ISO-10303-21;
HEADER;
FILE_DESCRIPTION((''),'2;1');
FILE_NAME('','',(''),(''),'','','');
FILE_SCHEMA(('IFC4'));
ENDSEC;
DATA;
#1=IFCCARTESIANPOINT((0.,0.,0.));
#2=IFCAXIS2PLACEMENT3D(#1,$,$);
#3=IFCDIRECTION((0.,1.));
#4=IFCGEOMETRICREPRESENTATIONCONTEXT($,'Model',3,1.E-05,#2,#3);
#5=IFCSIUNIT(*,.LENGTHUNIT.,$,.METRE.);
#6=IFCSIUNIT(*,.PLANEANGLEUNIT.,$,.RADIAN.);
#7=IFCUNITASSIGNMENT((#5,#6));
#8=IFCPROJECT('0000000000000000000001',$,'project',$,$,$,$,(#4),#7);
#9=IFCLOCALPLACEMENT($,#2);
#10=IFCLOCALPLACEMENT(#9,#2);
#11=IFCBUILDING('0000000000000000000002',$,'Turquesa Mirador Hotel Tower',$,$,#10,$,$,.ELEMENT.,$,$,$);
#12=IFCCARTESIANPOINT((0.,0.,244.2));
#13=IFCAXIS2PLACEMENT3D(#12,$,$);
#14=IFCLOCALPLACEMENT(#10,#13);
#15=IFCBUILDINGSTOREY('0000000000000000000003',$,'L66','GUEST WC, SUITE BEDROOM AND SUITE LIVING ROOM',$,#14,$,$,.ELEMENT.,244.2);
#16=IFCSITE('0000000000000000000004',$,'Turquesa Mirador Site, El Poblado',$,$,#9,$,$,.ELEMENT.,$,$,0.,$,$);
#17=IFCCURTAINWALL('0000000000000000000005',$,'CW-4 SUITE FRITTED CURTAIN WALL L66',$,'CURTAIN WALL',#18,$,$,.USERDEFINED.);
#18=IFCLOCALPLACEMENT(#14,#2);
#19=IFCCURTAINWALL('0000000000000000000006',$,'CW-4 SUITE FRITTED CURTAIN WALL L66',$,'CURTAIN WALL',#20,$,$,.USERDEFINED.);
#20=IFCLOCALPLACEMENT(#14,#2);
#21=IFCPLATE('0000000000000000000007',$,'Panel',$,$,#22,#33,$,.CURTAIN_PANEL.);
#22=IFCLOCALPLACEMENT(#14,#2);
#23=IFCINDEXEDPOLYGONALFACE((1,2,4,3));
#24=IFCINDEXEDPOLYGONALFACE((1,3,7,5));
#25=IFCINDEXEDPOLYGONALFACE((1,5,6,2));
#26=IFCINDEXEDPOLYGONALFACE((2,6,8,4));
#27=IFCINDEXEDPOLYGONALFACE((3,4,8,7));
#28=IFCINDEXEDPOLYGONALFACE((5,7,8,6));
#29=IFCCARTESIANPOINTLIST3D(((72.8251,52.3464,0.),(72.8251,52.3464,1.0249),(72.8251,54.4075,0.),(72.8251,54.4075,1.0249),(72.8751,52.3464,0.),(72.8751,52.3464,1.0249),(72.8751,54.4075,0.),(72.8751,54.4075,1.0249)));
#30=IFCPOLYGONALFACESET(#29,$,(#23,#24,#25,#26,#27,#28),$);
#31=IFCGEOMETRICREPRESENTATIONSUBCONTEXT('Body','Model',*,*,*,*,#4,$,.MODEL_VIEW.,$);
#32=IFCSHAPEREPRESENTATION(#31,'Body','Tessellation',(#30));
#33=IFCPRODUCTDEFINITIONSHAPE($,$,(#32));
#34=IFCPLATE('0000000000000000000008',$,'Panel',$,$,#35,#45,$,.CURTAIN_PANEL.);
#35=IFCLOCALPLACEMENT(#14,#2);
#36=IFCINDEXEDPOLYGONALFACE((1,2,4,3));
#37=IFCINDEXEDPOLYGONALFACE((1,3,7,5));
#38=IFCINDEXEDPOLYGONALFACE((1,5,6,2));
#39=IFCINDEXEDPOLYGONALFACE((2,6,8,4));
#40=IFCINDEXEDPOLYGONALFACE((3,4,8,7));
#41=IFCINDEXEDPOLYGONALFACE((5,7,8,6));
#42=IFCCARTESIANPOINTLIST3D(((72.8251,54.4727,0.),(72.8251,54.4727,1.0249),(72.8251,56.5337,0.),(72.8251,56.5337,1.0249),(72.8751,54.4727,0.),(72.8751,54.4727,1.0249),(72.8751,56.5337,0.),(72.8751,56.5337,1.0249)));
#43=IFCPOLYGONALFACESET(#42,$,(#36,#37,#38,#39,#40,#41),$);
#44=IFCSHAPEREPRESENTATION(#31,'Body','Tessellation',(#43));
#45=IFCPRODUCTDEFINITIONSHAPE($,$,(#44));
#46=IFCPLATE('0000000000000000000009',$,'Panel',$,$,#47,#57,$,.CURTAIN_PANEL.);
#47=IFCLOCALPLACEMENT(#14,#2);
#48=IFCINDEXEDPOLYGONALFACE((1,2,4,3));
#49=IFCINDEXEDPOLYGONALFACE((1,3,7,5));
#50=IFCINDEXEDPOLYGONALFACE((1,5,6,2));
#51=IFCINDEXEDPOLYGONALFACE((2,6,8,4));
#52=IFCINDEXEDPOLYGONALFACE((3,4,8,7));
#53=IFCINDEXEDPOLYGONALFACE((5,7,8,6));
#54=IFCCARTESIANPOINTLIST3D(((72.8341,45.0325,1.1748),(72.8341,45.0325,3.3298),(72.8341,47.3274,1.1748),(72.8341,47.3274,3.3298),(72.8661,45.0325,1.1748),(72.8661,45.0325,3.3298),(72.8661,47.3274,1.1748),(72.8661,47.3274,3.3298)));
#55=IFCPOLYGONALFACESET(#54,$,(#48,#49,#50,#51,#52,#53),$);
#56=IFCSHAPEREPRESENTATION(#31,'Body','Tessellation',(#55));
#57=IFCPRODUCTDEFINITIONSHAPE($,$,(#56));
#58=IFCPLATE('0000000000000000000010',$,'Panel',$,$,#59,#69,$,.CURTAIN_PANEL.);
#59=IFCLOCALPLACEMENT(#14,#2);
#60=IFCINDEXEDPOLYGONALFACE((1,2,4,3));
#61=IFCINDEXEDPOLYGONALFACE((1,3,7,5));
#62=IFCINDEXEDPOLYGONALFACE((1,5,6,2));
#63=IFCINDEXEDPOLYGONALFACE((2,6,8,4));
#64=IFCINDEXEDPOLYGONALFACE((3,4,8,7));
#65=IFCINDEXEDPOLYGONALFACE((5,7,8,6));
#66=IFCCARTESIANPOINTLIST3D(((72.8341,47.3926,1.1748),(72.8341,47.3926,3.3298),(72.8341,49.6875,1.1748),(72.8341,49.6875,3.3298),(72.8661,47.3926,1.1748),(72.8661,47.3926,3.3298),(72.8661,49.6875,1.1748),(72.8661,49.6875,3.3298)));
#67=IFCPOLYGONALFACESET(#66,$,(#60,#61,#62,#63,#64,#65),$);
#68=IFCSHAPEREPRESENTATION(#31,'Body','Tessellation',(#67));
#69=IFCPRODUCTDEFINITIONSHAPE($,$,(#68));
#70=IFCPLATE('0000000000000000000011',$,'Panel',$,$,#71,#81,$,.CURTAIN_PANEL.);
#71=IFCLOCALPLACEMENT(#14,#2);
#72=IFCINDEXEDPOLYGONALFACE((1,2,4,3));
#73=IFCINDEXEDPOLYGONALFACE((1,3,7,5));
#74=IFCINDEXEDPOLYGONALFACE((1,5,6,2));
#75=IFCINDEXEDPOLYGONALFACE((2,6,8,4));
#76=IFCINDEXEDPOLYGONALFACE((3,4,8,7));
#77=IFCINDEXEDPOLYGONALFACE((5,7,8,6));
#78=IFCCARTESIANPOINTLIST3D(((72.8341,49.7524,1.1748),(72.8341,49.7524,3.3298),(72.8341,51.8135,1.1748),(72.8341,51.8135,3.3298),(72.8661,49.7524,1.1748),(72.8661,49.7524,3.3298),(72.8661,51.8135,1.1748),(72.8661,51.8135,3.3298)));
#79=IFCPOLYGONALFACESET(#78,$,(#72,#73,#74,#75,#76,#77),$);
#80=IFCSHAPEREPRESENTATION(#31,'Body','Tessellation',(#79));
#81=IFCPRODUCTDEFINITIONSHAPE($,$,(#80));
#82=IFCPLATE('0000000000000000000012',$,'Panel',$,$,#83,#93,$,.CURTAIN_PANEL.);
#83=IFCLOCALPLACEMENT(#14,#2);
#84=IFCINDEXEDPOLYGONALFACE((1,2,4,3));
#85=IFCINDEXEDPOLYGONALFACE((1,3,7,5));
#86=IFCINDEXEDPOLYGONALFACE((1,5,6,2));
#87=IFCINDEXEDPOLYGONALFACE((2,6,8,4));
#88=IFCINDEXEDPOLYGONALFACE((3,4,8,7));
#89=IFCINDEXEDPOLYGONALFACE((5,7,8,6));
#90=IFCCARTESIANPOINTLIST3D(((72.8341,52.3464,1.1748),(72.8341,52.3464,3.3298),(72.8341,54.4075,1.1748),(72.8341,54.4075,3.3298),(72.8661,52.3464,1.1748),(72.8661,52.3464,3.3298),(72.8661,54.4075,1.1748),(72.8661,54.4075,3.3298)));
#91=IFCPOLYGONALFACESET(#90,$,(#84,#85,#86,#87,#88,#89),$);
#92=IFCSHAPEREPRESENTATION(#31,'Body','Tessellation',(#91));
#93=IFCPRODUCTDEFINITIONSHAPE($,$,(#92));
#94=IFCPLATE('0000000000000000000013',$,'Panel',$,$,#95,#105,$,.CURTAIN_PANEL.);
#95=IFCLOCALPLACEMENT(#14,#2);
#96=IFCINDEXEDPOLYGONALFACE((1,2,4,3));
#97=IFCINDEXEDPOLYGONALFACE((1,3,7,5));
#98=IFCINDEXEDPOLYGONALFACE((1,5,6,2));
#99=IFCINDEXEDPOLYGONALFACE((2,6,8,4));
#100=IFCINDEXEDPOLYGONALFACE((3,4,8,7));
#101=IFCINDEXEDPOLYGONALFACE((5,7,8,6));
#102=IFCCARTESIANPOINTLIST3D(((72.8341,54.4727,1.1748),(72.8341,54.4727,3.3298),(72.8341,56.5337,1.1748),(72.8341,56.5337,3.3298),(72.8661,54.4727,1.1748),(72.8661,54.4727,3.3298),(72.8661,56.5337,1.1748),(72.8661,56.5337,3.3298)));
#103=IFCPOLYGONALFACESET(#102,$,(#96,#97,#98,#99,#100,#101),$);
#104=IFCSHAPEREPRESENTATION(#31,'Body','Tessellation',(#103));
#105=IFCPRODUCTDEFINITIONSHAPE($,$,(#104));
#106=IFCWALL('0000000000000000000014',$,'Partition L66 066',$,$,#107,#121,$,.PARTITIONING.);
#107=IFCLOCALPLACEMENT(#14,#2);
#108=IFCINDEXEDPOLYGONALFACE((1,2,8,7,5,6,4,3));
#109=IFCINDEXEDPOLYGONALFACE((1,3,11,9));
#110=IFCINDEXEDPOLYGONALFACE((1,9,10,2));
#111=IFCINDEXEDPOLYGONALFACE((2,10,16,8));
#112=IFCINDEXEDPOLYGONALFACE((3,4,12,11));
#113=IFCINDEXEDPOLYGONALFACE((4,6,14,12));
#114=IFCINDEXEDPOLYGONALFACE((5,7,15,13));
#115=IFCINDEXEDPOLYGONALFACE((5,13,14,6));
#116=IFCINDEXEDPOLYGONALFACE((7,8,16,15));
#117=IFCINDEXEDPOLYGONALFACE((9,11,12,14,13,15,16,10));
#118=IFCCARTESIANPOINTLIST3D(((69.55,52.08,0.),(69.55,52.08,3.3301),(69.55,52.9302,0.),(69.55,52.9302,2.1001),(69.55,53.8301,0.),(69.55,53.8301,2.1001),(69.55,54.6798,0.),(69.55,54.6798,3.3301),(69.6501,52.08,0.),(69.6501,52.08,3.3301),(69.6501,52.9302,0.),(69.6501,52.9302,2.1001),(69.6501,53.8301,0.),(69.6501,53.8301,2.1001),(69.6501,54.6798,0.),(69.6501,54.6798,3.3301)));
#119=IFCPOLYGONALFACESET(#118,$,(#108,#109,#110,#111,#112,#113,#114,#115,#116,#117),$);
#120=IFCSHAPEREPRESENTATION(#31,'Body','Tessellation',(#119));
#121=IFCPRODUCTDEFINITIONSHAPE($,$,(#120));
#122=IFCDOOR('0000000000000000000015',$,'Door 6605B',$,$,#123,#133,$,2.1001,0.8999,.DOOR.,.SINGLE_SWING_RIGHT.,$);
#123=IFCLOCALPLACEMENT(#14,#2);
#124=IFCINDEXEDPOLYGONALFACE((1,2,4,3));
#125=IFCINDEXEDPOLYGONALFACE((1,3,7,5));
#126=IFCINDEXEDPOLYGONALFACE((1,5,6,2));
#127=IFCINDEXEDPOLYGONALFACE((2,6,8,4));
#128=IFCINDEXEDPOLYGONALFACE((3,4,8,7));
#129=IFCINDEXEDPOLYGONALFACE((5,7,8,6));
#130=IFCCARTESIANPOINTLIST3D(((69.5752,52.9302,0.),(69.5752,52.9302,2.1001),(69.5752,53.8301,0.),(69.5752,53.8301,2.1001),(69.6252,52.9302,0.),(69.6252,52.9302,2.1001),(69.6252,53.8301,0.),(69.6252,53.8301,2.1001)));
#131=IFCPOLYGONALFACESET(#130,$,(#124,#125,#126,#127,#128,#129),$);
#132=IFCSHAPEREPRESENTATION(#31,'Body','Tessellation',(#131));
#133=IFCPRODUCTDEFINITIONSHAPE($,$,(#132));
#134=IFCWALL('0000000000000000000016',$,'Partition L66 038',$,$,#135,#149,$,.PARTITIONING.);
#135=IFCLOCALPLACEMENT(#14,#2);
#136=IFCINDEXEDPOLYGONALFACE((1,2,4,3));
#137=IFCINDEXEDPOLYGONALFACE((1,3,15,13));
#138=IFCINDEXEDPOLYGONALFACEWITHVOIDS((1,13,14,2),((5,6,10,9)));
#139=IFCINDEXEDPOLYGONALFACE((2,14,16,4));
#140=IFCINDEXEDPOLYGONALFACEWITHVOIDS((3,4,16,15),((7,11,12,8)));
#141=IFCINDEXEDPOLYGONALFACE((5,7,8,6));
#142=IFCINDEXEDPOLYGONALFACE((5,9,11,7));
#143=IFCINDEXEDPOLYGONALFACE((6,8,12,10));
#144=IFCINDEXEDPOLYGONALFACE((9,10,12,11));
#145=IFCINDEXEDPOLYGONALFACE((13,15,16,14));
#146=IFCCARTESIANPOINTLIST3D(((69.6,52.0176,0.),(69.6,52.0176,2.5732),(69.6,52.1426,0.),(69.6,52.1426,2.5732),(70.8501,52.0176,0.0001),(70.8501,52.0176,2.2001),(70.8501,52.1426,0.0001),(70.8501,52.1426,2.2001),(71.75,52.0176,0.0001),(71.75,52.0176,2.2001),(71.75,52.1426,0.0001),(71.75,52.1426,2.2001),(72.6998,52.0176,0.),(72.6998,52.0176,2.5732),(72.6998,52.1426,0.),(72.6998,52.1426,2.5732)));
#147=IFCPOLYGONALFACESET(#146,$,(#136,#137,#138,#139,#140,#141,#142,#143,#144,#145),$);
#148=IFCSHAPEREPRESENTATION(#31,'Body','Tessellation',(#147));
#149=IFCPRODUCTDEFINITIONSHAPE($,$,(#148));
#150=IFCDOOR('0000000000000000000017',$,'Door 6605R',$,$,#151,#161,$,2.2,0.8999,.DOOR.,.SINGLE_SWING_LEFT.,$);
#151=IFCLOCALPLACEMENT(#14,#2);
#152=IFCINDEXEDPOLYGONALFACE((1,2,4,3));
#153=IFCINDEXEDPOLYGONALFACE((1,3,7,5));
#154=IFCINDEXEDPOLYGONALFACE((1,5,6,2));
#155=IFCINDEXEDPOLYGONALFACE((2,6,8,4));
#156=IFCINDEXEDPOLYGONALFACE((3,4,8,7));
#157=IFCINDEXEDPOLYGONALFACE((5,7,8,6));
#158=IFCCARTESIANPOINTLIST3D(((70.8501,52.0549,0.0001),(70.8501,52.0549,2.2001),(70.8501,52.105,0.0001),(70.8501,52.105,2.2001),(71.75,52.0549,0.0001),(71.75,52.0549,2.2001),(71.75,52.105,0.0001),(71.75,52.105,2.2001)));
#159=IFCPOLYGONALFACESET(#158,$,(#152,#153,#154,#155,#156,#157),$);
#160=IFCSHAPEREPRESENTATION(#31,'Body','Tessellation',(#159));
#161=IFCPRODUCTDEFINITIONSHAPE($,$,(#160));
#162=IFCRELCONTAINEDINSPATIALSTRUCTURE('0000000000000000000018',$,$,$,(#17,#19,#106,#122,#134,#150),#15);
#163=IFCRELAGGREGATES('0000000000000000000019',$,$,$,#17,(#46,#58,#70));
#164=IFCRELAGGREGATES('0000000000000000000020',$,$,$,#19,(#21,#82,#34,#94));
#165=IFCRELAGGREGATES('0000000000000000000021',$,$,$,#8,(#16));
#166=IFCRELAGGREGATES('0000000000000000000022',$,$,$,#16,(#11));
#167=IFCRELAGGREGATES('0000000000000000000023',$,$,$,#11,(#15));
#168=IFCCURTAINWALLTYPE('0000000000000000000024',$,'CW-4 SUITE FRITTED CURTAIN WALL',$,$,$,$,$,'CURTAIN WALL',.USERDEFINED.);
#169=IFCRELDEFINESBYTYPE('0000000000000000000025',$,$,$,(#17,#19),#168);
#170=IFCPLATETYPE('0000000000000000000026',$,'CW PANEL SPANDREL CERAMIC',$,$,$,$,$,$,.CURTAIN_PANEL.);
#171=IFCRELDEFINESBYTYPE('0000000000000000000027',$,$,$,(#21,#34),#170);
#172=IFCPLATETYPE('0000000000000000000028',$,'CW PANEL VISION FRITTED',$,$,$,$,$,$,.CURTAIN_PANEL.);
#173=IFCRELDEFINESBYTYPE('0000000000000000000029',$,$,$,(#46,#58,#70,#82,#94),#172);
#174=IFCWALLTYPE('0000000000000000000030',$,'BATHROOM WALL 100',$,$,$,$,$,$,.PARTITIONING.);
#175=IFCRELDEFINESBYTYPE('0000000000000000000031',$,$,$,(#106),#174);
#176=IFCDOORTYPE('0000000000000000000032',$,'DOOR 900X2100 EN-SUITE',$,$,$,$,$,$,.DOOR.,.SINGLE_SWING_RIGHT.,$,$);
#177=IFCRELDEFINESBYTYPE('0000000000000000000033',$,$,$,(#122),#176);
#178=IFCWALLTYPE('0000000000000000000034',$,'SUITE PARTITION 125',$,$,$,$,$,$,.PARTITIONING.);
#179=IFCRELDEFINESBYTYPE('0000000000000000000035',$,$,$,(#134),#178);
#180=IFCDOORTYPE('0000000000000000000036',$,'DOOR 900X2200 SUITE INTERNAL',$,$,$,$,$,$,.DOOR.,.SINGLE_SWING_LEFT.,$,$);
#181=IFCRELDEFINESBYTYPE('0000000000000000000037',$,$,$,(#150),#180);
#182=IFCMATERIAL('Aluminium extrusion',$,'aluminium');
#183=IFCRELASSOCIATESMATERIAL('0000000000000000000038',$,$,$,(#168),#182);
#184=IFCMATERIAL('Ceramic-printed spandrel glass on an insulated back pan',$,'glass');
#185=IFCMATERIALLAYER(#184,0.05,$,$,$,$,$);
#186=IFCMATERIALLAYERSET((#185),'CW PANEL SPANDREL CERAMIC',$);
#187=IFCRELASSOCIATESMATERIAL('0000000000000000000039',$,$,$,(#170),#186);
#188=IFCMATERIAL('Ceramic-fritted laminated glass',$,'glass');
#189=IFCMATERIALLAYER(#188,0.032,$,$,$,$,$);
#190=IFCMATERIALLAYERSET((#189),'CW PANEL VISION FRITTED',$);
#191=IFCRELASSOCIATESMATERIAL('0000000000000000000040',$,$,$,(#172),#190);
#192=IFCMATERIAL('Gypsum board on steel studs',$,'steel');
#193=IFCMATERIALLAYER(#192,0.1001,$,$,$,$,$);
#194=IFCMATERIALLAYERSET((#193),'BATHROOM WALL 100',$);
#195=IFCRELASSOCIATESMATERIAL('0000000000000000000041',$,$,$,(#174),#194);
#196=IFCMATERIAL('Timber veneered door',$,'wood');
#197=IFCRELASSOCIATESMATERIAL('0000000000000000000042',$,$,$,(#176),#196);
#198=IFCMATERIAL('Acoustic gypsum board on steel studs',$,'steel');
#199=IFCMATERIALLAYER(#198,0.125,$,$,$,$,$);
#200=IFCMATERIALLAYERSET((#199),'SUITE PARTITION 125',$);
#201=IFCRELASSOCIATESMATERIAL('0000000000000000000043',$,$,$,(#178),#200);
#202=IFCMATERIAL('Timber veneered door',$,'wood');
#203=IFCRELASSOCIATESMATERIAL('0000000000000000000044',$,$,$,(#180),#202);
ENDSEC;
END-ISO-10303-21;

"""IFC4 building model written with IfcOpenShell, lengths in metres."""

from ifc_helpers import new_model, si_unit, direction, frame, frame_2d, origin, origin_2d, place, context, subcontext, project, spatial, rectangle, extrude, material, layer, layer_set, type_object, element, fill, aggregate, save


model = new_model("IFC4")

# Units and contexts
model_context = context("Model", 3, precision=1e-05, world=origin(), true_north=direction((0.0, 1.0)))
body_context = subcontext(model_context, "Body", "Model", "MODEL_VIEW")
ifc_project = project(units=[si_unit("LENGTHUNIT", "METRE"), si_unit("PLANEANGLEUNIT", "RADIAN")], contexts=[model_context])

# Site, building, storey
site_placement = place(None, origin())
site = spatial("IfcSite", under=ifc_project, at=site_placement, Name="Turquesa Mirador Site, El Poblado", CompositionType="ELEMENT", RefElevation=0.0)
building_placement = place(site_placement, origin())
building = spatial("IfcBuilding", under=site, at=building_placement, Name="Turquesa Mirador Hotel Tower", CompositionType="ELEMENT")
storey_placement = place(building_placement, frame((0.0, 0.0, 244.2)))
storey = spatial("IfcBuildingStorey", under=building, at=storey_placement, Name="L66", Description="GUEST WC, SUITE BEDROOM AND SUITE LIVING ROOM", CompositionType="ELEMENT", Elevation=244.2)

# Curtain walls
ifc_material_1 = material(Name="Aluminium extrusion", Category="aluminium")
curtain_wall_type = type_object("IfcCurtainWallType", Name="CW-4 SUITE FRITTED CURTAIN WALL", ElementType="CURTAIN WALL", PredefinedType="USERDEFINED", material=ifc_material_1)
curtain_wall_1_placement = place(storey_placement, origin())
curtain_wall_1 = element("IfcCurtainWall", 1, at=curtain_wall_1_placement, inside=storey, type_object=curtain_wall_type, Name="CW-4 SUITE FRITTED CURTAIN WALL L66", ObjectType="CURTAIN WALL", PredefinedType="USERDEFINED")
curtain_wall_2_placement = place(storey_placement, origin())
curtain_wall_2 = element("IfcCurtainWall", 2, at=curtain_wall_2_placement, inside=storey, type_object=curtain_wall_type, Name="CW-4 SUITE FRITTED CURTAIN WALL L66", ObjectType="CURTAIN WALL", PredefinedType="USERDEFINED")

# Plates
ifc_material_2 = material(Name="Ceramic-printed spandrel glass on an insulated back pan", Category="glass")
ifc_layer_1 = layer(ifc_material_2, 0.05)
ifc_layer_set_1 = layer_set([ifc_layer_1], Name="CW PANEL SPANDREL CERAMIC")
plate_type_1 = type_object("IfcPlateType", Name="CW PANEL SPANDREL CERAMIC", PredefinedType="CURTAIN_PANEL", material=ifc_layer_set_1)
plate_1_placement = place(storey_placement, frame((72.8501, 53.377, 0.0), z_axis=(0.0, 0.0, 1.0), x_axis=(0.0, 1.0, 0.0)))
plate_1 = element("IfcPlate", 3, at=plate_1_placement, type_object=plate_type_1, Name="Panel", PredefinedType="CURTAIN_PANEL", context=body_context, shape_type="SweptSolid", body=[
    extrude(rectangle(XDim=2.061, YDim=0.05, at=origin_2d()), origin(), (0.0, 0.0, 1.0), 1.0249),
])
plate_2_placement = place(storey_placement, frame((72.8501, 55.5032, 0.0), z_axis=(0.0, 0.0, 1.0), x_axis=(0.0, 1.0, 0.0)))
plate_2 = element("IfcPlate", 4, at=plate_2_placement, type_object=plate_type_1, Name="Panel", PredefinedType="CURTAIN_PANEL", context=body_context, shape_type="SweptSolid", body=[
    extrude(rectangle(XDim=2.061, YDim=0.05, at=origin_2d()), origin(), (0.0, 0.0, 1.0), 1.0249),
])
ifc_material_3 = material(Name="Ceramic-fritted laminated glass", Category="glass")
ifc_layer_2 = layer(ifc_material_3, 0.032)
ifc_layer_set_2 = layer_set([ifc_layer_2], Name="CW PANEL VISION FRITTED")
plate_type_2 = type_object("IfcPlateType", Name="CW PANEL VISION FRITTED", PredefinedType="CURTAIN_PANEL", material=ifc_layer_set_2)
plate_3_placement = place(storey_placement, frame((72.8501, 46.1799, 1.1748), z_axis=(0.0, 0.0, 1.0), x_axis=(0.0, 1.0, 0.0)))
plate_3 = element("IfcPlate", 5, at=plate_3_placement, type_object=plate_type_2, Name="Panel", PredefinedType="CURTAIN_PANEL", context=body_context, shape_type="SweptSolid", body=[
    extrude(rectangle(XDim=2.2949, YDim=0.032, at=origin_2d()), origin(), (0.0, 0.0, 1.0), 2.155),
])
plate_4_placement = place(storey_placement, frame((72.8501, 48.54, 1.1748), z_axis=(0.0, 0.0, 1.0), x_axis=(0.0, 1.0, 0.0)))
plate_4 = element("IfcPlate", 6, at=plate_4_placement, type_object=plate_type_2, Name="Panel", PredefinedType="CURTAIN_PANEL", context=body_context, shape_type="SweptSolid", body=[
    extrude(rectangle(XDim=2.2949, YDim=0.032, at=origin_2d()), origin(), (0.0, 0.0, 1.0), 2.155),
])
plate_5_placement = place(storey_placement, frame((72.8501, 50.783, 1.1748), z_axis=(0.0, 0.0, 1.0), x_axis=(0.0, 1.0, 0.0)))
plate_5 = element("IfcPlate", 7, at=plate_5_placement, type_object=plate_type_2, Name="Panel", PredefinedType="CURTAIN_PANEL", context=body_context, shape_type="SweptSolid", body=[
    extrude(rectangle(XDim=2.061, YDim=0.032, at=origin_2d()), origin(), (0.0, 0.0, 1.0), 2.155),
])
aggregate(curtain_wall_1, [plate_3, plate_4, plate_5])
plate_6_placement = place(storey_placement, frame((72.8501, 53.377, 1.1748), z_axis=(0.0, 0.0, 1.0), x_axis=(0.0, 1.0, 0.0)))
plate_6 = element("IfcPlate", 8, at=plate_6_placement, type_object=plate_type_2, Name="Panel", PredefinedType="CURTAIN_PANEL", context=body_context, shape_type="SweptSolid", body=[
    extrude(rectangle(XDim=2.061, YDim=0.032, at=origin_2d()), origin(), (0.0, 0.0, 1.0), 2.155),
])
plate_7_placement = place(storey_placement, frame((72.8501, 55.5032, 1.1748), z_axis=(0.0, 0.0, 1.0), x_axis=(0.0, 1.0, 0.0)))
plate_7 = element("IfcPlate", 9, at=plate_7_placement, type_object=plate_type_2, Name="Panel", PredefinedType="CURTAIN_PANEL", context=body_context, shape_type="SweptSolid", body=[
    extrude(rectangle(XDim=2.061, YDim=0.032, at=origin_2d()), origin(), (0.0, 0.0, 1.0), 2.155),
])
aggregate(curtain_wall_2, [plate_1, plate_6, plate_2, plate_7])

# Walls, openings, doors
ifc_material_4 = material(Name="Gypsum board on steel studs", Category="steel")
ifc_layer_3 = layer(ifc_material_4, 0.1001)
ifc_layer_set_3 = layer_set([ifc_layer_3], Name="BATHROOM WALL 100")
wall_type_1 = type_object("IfcWallType", Name="BATHROOM WALL 100", PredefinedType="PARTITIONING", material=ifc_layer_set_3)
wall_1_placement = place(storey_placement, frame((69.6001, 52.0801, 0.0), z_axis=(0.0, 0.0, 1.0), x_axis=(0.0, 1.0, 0.0)))
wall_1 = element("IfcWall", 10, at=wall_1_placement, inside=storey, type_object=wall_type_1, Name="Partition L66 066", PredefinedType="PARTITIONING", context=body_context, shape_type="SweptSolid", body=[
    extrude(rectangle(XDim=2.5999, YDim=0.1001, at=frame_2d((1.2998, 0.0))), origin(), (0.0, 0.0, 1.0), 3.3301),
])
opening_1_placement = place(wall_1_placement, frame((0.8501, 0.0, 0.0)))
opening_1 = element("IfcOpeningElement", 11, at=opening_1_placement, cuts=wall_1, PredefinedType="OPENING", context=body_context, shape_type="SweptSolid", body=[
    extrude(rectangle(XDim=0.8999, YDim=2.1001, at=frame_2d((0.45, 1.05))), frame((0.0, 0.0601, 0.0), z_axis=(0.0, -1.0, 0.0), x_axis=(1.0, 0.0, 0.0)), (0.0, 0.0, 1.0), 0.1201),
])
ifc_material_5 = material(Name="Timber veneered door", Category="wood")
door_type_1 = type_object("IfcDoorType", Name="DOOR 900X2100 EN-SUITE", OperationType="SINGLE_SWING_RIGHT", PredefinedType="DOOR", material=ifc_material_5)
door_1_placement = place(opening_1_placement, origin())
door_1 = element("IfcDoor", 12, at=door_1_placement, inside=storey, type_object=door_type_1, Name="Door 6605B", OperationType="SINGLE_SWING_RIGHT", OverallHeight=2.1001, OverallWidth=0.8999, PredefinedType="DOOR", context=body_context, shape_type="SweptSolid", body=[
    extrude(rectangle(XDim=0.8999, YDim=2.1001, at=frame_2d((0.45, 1.05))), frame((0.0, 0.0249, 0.0), z_axis=(0.0, -1.0, 0.0), x_axis=(1.0, 0.0, 0.0)), (0.0, 0.0, 1.0), 0.05),
])
fill(opening_1, door_1)
ifc_material_6 = material(Name="Acoustic gypsum board on steel studs", Category="steel")
ifc_layer_4 = layer(ifc_material_6, 0.125)
ifc_layer_set_4 = layer_set([ifc_layer_4], Name="SUITE PARTITION 125")
wall_type_2 = type_object("IfcWallType", Name="SUITE PARTITION 125", PredefinedType="PARTITIONING", material=ifc_layer_set_4)
wall_2_placement = place(storey_placement, frame((69.6001, 52.0801, 0.0), z_axis=(0.0, 0.0, 1.0), x_axis=(1.0, 0.0, 0.0)))
wall_2 = element("IfcWall", 13, at=wall_2_placement, inside=storey, type_object=wall_type_2, Name="Partition L66 038", PredefinedType="PARTITIONING", context=body_context, shape_type="SweptSolid", body=[
    extrude(rectangle(XDim=3.0999, YDim=0.125, at=frame_2d((1.5498, 0.0))), origin(), (0.0, 0.0, 1.0), 2.5732),
])
opening_2_placement = place(wall_2_placement, frame((1.25, 0.0, 0.0)))
opening_2 = element("IfcOpeningElement", 14, at=opening_2_placement, cuts=wall_2, PredefinedType="OPENING", context=body_context, shape_type="SweptSolid", body=[
    extrude(rectangle(XDim=0.8999, YDim=2.2, at=frame_2d((0.45, 1.1001))), frame((0.0, 0.0725, 0.0), z_axis=(0.0, -1.0, 0.0), x_axis=(1.0, 0.0, 0.0)), (0.0, 0.0, 1.0), 0.145),
])
ifc_material_7 = material(Name="Timber veneered door", Category="wood")
door_type_2 = type_object("IfcDoorType", Name="DOOR 900X2200 SUITE INTERNAL", OperationType="SINGLE_SWING_LEFT", PredefinedType="DOOR", material=ifc_material_7)
door_2_placement = place(opening_2_placement, origin())
door_2 = element("IfcDoor", 15, at=door_2_placement, inside=storey, type_object=door_type_2, Name="Door 6605R", OperationType="SINGLE_SWING_LEFT", OverallHeight=2.2, OverallWidth=0.8999, PredefinedType="DOOR", context=body_context, shape_type="SweptSolid", body=[
    extrude(rectangle(XDim=0.8999, YDim=2.2, at=frame_2d((0.45, 1.1001))), frame((0.0, 0.0249, 0.0), z_axis=(0.0, -1.0, 0.0), x_axis=(1.0, 0.0, 0.0)), (0.0, 0.0, 1.0), 0.05),
])
fill(opening_2, door_2)

save(model, "model.ifc")
